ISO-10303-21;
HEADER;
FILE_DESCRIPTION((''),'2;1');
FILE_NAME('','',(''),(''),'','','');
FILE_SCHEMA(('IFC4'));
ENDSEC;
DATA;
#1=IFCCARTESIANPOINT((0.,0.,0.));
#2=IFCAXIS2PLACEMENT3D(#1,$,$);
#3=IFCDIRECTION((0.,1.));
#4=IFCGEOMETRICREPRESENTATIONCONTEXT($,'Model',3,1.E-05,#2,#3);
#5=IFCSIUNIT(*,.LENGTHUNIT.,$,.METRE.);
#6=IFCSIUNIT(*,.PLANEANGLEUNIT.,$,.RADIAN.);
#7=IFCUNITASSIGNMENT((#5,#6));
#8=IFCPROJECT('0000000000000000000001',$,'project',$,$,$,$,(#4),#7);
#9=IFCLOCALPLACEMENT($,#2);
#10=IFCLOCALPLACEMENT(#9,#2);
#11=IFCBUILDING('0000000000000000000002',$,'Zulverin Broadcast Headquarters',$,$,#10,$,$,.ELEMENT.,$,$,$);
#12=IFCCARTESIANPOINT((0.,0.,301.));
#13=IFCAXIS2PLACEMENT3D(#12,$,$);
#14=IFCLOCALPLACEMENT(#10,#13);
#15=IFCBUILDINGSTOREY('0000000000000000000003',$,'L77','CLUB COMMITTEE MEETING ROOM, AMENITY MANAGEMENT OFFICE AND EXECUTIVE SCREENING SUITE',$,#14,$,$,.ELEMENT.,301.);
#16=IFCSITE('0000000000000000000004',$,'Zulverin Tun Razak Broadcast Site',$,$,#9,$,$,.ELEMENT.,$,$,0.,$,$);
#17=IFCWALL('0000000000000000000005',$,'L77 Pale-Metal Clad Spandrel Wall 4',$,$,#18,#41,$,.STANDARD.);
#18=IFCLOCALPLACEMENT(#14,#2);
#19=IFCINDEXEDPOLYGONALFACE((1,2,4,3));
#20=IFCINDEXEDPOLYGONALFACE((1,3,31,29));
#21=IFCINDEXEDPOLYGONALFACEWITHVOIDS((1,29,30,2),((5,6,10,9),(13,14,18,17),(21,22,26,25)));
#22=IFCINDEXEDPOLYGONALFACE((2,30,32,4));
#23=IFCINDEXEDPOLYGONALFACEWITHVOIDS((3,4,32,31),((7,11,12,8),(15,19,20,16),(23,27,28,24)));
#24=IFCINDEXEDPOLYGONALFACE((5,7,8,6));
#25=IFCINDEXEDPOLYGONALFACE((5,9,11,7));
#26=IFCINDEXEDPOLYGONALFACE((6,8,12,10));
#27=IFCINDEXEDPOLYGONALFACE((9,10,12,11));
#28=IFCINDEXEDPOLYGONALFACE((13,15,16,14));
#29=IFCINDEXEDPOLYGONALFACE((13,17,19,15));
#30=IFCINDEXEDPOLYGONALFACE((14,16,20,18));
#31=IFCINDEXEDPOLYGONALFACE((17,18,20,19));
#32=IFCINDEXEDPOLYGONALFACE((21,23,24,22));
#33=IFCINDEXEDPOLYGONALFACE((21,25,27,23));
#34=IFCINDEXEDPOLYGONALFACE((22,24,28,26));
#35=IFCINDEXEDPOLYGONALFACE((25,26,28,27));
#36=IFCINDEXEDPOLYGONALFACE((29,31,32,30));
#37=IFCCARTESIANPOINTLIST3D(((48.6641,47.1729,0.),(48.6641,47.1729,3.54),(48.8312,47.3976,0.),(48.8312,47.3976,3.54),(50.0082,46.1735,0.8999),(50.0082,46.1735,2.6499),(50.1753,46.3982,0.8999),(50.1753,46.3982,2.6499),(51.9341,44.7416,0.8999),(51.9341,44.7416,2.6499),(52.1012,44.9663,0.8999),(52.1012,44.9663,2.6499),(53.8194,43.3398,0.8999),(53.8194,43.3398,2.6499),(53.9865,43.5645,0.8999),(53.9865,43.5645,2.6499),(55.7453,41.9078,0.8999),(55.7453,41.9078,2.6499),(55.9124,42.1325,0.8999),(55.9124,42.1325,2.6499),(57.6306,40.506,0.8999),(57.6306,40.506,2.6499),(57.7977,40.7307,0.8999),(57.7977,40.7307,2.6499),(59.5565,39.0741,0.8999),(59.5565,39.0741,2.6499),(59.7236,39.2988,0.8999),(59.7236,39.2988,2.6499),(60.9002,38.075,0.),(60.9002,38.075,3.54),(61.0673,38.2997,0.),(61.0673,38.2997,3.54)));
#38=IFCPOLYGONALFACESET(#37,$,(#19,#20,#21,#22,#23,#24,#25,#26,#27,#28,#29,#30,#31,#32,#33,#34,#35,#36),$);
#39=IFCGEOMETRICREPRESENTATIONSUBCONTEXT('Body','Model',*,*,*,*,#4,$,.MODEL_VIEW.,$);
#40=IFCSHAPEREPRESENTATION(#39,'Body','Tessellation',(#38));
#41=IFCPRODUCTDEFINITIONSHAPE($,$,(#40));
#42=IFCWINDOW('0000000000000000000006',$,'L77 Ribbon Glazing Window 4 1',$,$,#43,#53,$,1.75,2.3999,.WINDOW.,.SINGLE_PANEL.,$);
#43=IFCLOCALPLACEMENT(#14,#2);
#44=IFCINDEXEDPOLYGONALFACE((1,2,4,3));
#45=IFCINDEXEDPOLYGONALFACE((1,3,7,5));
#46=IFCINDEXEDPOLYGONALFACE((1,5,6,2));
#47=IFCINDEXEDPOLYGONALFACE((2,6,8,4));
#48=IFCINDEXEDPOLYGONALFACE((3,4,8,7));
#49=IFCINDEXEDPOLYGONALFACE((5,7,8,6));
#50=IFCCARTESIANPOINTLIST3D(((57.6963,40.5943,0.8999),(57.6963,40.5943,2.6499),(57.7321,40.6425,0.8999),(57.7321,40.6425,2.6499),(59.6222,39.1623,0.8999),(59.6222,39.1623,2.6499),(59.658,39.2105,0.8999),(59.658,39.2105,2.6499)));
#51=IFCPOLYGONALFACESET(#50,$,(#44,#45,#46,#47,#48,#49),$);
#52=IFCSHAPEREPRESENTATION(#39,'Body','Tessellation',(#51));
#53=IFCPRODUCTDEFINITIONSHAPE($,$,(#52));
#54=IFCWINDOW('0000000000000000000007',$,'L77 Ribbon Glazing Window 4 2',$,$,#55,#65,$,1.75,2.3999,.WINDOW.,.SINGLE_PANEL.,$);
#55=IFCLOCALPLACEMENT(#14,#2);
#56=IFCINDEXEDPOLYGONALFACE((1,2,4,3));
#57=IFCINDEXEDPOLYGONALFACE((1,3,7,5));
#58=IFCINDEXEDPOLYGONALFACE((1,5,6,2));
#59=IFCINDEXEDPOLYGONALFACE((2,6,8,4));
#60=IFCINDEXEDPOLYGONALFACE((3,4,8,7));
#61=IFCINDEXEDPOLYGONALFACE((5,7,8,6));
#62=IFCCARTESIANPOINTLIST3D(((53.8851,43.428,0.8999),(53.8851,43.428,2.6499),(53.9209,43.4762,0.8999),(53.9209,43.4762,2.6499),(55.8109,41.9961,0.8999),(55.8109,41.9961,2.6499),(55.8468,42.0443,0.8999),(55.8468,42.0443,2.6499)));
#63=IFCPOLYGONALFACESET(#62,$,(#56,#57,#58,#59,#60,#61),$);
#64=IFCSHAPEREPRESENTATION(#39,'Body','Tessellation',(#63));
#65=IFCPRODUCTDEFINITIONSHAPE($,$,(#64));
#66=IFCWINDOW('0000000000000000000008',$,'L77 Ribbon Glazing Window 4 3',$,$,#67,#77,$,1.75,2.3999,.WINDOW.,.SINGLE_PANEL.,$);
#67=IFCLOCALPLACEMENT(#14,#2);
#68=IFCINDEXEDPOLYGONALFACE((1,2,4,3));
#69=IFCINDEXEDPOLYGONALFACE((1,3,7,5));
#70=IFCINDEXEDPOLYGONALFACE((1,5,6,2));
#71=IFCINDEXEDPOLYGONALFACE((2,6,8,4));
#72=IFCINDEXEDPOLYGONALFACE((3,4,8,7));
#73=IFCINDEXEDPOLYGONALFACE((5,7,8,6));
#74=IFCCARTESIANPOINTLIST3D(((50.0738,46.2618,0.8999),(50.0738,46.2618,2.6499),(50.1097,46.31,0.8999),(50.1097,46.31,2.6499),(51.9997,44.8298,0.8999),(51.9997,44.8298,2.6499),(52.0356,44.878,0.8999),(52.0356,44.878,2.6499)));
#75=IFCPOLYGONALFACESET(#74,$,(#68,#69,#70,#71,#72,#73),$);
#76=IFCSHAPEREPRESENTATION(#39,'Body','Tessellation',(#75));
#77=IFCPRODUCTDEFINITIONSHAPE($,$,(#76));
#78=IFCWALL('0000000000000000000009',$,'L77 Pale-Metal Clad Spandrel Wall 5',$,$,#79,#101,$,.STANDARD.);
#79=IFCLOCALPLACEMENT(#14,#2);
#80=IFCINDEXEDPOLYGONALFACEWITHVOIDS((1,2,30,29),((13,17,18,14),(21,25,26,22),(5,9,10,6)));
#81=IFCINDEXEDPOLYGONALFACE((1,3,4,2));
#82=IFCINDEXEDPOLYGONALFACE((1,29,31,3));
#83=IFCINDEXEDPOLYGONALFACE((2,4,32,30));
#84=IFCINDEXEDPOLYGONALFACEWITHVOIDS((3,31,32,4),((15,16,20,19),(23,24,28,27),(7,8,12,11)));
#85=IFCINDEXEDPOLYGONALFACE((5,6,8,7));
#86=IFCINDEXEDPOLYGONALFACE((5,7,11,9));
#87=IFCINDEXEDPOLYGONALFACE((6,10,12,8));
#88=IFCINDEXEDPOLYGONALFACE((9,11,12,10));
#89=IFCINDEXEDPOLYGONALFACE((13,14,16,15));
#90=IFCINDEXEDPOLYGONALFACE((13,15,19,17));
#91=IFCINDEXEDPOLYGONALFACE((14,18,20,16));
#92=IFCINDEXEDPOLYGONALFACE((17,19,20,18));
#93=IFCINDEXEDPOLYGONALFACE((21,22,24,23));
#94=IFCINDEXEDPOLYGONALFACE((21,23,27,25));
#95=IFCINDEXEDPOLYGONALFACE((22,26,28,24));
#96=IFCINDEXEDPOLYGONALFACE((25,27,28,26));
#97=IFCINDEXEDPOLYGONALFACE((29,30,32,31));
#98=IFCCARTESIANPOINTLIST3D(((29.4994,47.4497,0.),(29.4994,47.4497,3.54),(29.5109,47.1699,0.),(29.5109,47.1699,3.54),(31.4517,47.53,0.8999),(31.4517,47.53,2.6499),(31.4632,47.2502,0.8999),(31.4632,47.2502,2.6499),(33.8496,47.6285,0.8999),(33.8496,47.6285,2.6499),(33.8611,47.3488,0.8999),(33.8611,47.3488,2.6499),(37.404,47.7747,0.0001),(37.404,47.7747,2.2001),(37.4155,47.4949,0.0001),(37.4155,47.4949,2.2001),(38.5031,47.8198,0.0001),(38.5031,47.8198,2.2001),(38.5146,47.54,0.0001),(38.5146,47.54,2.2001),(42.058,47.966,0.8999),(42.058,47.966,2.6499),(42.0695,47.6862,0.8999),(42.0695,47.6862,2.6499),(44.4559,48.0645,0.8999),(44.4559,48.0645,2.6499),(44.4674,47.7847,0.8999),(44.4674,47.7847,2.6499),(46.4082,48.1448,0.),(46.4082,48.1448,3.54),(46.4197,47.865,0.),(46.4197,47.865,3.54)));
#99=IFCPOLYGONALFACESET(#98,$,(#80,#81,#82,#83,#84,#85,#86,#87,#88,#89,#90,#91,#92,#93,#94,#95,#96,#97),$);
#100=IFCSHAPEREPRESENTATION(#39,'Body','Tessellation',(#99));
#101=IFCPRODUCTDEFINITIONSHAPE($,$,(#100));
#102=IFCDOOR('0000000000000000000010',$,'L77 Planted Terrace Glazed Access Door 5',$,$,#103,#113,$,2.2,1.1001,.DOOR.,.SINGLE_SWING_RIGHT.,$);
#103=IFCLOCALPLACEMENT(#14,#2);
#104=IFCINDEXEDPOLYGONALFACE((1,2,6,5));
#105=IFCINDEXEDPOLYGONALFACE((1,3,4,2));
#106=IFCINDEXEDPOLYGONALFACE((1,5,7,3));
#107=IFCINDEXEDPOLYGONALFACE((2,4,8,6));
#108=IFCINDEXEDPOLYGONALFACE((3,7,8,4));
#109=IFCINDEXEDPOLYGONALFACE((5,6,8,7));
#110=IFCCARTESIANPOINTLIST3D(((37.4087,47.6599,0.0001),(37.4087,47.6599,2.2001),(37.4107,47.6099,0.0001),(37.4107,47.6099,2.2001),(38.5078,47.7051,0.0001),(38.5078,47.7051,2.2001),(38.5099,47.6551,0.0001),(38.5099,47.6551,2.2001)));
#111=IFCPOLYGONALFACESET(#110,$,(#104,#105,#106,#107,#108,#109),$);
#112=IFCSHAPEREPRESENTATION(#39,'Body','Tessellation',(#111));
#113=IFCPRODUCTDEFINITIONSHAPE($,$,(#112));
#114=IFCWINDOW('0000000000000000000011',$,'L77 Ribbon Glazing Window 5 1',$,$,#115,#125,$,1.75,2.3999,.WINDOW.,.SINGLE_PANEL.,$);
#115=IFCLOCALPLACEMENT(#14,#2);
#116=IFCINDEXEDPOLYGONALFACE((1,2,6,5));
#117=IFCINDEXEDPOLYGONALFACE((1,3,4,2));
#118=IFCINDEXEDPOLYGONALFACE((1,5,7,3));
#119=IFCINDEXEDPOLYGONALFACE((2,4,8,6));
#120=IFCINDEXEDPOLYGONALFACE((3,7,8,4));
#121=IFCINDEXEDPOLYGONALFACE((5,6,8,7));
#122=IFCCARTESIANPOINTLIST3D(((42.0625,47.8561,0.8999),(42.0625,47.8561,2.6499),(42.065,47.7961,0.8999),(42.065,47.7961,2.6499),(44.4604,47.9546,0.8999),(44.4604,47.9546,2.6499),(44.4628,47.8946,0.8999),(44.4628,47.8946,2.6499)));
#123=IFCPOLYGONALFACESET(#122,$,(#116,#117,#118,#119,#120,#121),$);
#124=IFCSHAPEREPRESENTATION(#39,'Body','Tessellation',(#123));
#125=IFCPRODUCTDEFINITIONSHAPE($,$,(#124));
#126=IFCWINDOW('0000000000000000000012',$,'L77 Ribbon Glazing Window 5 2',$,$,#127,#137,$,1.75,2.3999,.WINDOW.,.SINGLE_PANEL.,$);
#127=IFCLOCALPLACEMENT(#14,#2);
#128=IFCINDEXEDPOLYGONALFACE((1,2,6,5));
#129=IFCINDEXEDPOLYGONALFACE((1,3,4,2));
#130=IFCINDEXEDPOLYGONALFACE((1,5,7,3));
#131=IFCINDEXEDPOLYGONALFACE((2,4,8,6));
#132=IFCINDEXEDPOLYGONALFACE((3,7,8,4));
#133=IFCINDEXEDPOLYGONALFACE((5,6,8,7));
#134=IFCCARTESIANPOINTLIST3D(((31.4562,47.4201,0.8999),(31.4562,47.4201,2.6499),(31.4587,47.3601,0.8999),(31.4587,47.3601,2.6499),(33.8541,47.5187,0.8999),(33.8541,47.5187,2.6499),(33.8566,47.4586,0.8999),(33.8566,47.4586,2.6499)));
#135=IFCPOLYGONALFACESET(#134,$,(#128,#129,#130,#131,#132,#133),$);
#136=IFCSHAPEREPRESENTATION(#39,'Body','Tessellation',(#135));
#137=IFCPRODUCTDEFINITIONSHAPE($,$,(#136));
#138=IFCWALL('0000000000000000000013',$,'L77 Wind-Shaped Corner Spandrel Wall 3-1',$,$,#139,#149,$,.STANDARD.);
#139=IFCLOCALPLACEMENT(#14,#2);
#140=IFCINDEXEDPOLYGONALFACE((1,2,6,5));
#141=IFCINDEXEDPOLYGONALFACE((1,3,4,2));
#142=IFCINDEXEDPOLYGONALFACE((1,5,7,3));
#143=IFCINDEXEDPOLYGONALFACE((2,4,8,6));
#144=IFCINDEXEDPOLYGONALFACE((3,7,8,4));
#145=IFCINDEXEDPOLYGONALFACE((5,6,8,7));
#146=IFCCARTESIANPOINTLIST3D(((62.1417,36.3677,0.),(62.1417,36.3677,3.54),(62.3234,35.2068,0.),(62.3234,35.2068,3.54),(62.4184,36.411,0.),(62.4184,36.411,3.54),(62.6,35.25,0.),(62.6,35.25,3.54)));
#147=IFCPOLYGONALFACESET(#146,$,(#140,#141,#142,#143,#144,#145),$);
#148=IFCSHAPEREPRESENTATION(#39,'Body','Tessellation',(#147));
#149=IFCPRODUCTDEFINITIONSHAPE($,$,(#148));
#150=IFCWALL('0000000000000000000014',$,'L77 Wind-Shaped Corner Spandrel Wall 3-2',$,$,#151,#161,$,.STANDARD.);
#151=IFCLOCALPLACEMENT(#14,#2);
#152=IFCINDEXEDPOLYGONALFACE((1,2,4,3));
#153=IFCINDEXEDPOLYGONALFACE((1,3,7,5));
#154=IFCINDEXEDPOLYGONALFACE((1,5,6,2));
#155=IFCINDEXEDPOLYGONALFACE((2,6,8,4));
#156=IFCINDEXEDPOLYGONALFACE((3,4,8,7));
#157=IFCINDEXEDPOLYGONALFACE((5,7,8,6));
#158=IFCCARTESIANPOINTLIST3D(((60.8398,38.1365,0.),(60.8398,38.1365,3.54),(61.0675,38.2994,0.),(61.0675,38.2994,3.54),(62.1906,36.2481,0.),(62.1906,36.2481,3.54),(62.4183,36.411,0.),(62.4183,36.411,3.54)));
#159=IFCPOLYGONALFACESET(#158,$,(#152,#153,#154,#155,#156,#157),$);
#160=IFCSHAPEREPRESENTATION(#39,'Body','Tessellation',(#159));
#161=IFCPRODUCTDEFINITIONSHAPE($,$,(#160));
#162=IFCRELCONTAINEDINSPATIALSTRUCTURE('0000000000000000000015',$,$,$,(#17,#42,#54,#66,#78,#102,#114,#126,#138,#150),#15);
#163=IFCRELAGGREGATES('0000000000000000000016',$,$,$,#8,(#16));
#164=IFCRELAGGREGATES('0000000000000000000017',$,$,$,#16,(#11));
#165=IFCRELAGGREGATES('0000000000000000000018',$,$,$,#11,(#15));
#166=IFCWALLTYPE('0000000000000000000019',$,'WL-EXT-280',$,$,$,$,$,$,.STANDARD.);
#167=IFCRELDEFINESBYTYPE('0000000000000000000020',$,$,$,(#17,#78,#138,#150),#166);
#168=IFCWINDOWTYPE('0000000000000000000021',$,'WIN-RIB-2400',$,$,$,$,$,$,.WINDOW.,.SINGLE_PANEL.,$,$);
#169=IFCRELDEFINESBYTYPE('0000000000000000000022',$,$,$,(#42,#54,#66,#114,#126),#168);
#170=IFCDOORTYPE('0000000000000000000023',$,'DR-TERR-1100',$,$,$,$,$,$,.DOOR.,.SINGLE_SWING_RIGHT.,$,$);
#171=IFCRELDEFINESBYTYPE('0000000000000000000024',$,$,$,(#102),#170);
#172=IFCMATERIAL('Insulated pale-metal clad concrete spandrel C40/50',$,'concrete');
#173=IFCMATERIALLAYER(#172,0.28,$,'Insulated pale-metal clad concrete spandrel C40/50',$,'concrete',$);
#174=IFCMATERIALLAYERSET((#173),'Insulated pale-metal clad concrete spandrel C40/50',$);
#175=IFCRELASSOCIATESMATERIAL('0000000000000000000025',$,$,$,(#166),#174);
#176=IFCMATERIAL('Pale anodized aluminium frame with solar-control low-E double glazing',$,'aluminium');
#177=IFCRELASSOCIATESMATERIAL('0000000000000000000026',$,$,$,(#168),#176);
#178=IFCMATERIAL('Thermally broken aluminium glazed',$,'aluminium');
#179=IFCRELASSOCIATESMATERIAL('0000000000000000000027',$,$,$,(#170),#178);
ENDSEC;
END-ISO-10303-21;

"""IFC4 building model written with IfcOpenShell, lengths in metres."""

from ifc_helpers import new_model, si_unit, direction, frame, frame_2d, origin, place, context, subcontext, project, spatial, rectangle, extrude, material, layer, layer_set, type_object, element, fill, save


model = new_model("IFC4")

# Units and contexts
model_context = context("Model", 3, precision=1e-05, world=origin(), true_north=direction((0.0, 1.0)))
body_context = subcontext(model_context, "Body", "Model", "MODEL_VIEW")
ifc_project = project(units=[si_unit("LENGTHUNIT", "METRE"), si_unit("PLANEANGLEUNIT", "RADIAN")], contexts=[model_context])

# Site, building, storey
site_placement = place(None, origin())
site = spatial("IfcSite", under=ifc_project, at=site_placement, Name="Zulverin Tun Razak Broadcast Site", CompositionType="ELEMENT", RefElevation=0.0)
building_placement = place(site_placement, origin())
building = spatial("IfcBuilding", under=site, at=building_placement, Name="Zulverin Broadcast Headquarters", CompositionType="ELEMENT")
storey_placement = place(building_placement, frame((0.0, 0.0, 301.0)))
storey = spatial("IfcBuildingStorey", under=building, at=storey_placement, Name="L77", Description="CLUB COMMITTEE MEETING ROOM, AMENITY MANAGEMENT OFFICE AND EXECUTIVE SCREENING SUITE", CompositionType="ELEMENT", Elevation=301.0)

# Wall, openings, windows
ifc_material_1 = material(Name="Insulated pale-metal clad concrete spandrel C40/50", Category="concrete")
ifc_layer_1 = layer(ifc_material_1, 0.28, Name="Insulated pale-metal clad concrete spandrel C40/50", Category="concrete")
ifc_layer_set_1 = layer_set([ifc_layer_1], Name="Insulated pale-metal clad concrete spandrel C40/50")
wall_type = type_object("IfcWallType", Name="WL-EXT-280", PredefinedType="STANDARD", material=ifc_layer_set_1)
wall_1_placement = place(storey_placement, frame((60.9839, 38.1873, 0.0), z_axis=(0.0, 0.0, 1.0), x_axis=(-0.802485, 0.596672, 0.0)))
wall_1 = element("IfcWall", 1, at=wall_1_placement, inside=storey, type_object=wall_type, Name="L77 Pale-Metal Clad Spandrel Wall 4", PredefinedType="STANDARD", context=body_context, shape_type="SweptSolid", body=[
    extrude(rectangle(XDim=15.2478, YDim=0.28, at=frame_2d((7.624, 0.0))), origin(), (0.0, 0.0, 1.0), 3.54),
])
opening_1_placement = place(wall_1_placement, frame((1.6746, 0.0, 0.8999)))
opening_1 = element("IfcOpeningElement", 2, at=opening_1_placement, cuts=wall_1, PredefinedType="OPENING", context=body_context, shape_type="SweptSolid", body=[
    extrude(rectangle(XDim=2.3999, YDim=1.75, at=frame_2d((1.2, 0.875))), frame((0.0, 0.1499, 0.0), z_axis=(0.0, -1.0, 0.0), x_axis=(1.0, 0.0, 0.0)), (0.0, 0.0, 1.0), 0.3),
])
opening_2_placement = place(wall_1_placement, frame((6.4238, 0.0, 0.8999)))
opening_2 = element("IfcOpeningElement", 3, at=opening_2_placement, cuts=wall_1, PredefinedType="OPENING", context=body_context, shape_type="SweptSolid", body=[
    extrude(rectangle(XDim=2.3999, YDim=1.75, at=frame_2d((1.2, 0.875))), frame((0.0, 0.1499, 0.0), z_axis=(0.0, -1.0, 0.0), x_axis=(1.0, 0.0, 0.0)), (0.0, 0.0, 1.0), 0.3),
])
opening_3_placement = place(wall_1_placement, frame((11.1731, 0.0, 0.8999)))
opening_3 = element("IfcOpeningElement", 4, at=opening_3_placement, cuts=wall_1, PredefinedType="OPENING", context=body_context, shape_type="SweptSolid", body=[
    extrude(rectangle(XDim=2.3999, YDim=1.75, at=frame_2d((1.2, 0.875))), frame((0.0, 0.1499, 0.0), z_axis=(0.0, -1.0, 0.0), x_axis=(1.0, 0.0, 0.0)), (0.0, 0.0, 1.0), 0.3),
])
ifc_material_2 = material(Name="Pale anodized aluminium frame with solar-control low-E double glazing", Category="aluminium")
window_type = type_object("IfcWindowType", Name="WIN-RIB-2400", PartitioningType="SINGLE_PANEL", PredefinedType="WINDOW", material=ifc_material_2)
window_1_placement = place(opening_1_placement, origin())
window_1 = element("IfcWindow", 5, at=window_1_placement, inside=storey, type_object=window_type, Name="L77 Ribbon Glazing Window 4 1", OverallHeight=1.75, OverallWidth=2.3999, PartitioningType="SINGLE_PANEL", PredefinedType="WINDOW", context=body_context, shape_type="SweptSolid", body=[
    extrude(rectangle(XDim=2.3999, YDim=1.75, at=frame_2d((1.2, 0.875))), frame((0.0, 0.03, 0.0), z_axis=(0.0, -1.0, 0.0), x_axis=(1.0, 0.0, 0.0)), (0.0, 0.0, 1.0), 0.0601),
])
fill(opening_1, window_1)
window_2_placement = place(opening_2_placement, origin())
window_2 = element("IfcWindow", 6, at=window_2_placement, inside=storey, type_object=window_type, Name="L77 Ribbon Glazing Window 4 2", OverallHeight=1.75, OverallWidth=2.3999, PartitioningType="SINGLE_PANEL", PredefinedType="WINDOW", context=body_context, shape_type="SweptSolid", body=[
    extrude(rectangle(XDim=2.3999, YDim=1.75, at=frame_2d((1.2, 0.875))), frame((0.0, 0.03, 0.0), z_axis=(0.0, -1.0, 0.0), x_axis=(1.0, 0.0, 0.0)), (0.0, 0.0, 1.0), 0.0601),
])
fill(opening_2, window_2)
window_3_placement = place(opening_3_placement, origin())
window_3 = element("IfcWindow", 7, at=window_3_placement, inside=storey, type_object=window_type, Name="L77 Ribbon Glazing Window 4 3", OverallHeight=1.75, OverallWidth=2.3999, PartitioningType="SINGLE_PANEL", PredefinedType="WINDOW", context=body_context, shape_type="SweptSolid", body=[
    extrude(rectangle(XDim=2.3999, YDim=1.75, at=frame_2d((1.2, 0.875))), frame((0.0, 0.03, 0.0), z_axis=(0.0, -1.0, 0.0), x_axis=(1.0, 0.0, 0.0)), (0.0, 0.0, 1.0), 0.0601),
])
fill(opening_3, window_3)

# Wall, openings, door, windows
wall_2_placement = place(storey_placement, frame((46.4138, 48.0049, 0.0), z_axis=(0.0, 0.0, 1.0), x_axis=(-0.999156, -0.041072, 0.0)))
wall_2 = element("IfcWall", 8, at=wall_2_placement, inside=storey, type_object=wall_type, Name="L77 Pale-Metal Clad Spandrel Wall 5", PredefinedType="STANDARD", context=body_context, shape_type="SweptSolid", body=[
    extrude(rectangle(XDim=16.9231, YDim=0.28, at=frame_2d((8.4614, 0.0))), origin(), (0.0, 0.0, 1.0), 3.54),
])
opening_4_placement = place(wall_2_placement, frame((7.9116, 0.0, 0.0)))
opening_4 = element("IfcOpeningElement", 9, at=opening_4_placement, cuts=wall_2, PredefinedType="OPENING", context=body_context, shape_type="SweptSolid", body=[
    extrude(rectangle(XDim=1.1001, YDim=2.2, at=frame_2d((0.55, 1.1001))), frame((0.0, 0.1499, 0.0), z_axis=(0.0, -1.0, 0.0), x_axis=(1.0, 0.0, 0.0)), (0.0, 0.0, 1.0), 0.3),
])
opening_5_placement = place(wall_2_placement, frame((1.9539, 0.0, 0.8999)))
opening_5 = element("IfcOpeningElement", 10, at=opening_5_placement, cuts=wall_2, PredefinedType="OPENING", context=body_context, shape_type="SweptSolid", body=[
    extrude(rectangle(XDim=2.3999, YDim=1.75, at=frame_2d((1.2, 0.875))), frame((0.0, 0.1499, 0.0), z_axis=(0.0, -1.0, 0.0), x_axis=(1.0, 0.0, 0.0)), (0.0, 0.0, 1.0), 0.3),
])
opening_6_placement = place(wall_2_placement, frame((12.5691, 0.0, 0.8999)))
opening_6 = element("IfcOpeningElement", 11, at=opening_6_placement, cuts=wall_2, PredefinedType="OPENING", context=body_context, shape_type="SweptSolid", body=[
    extrude(rectangle(XDim=2.3999, YDim=1.75, at=frame_2d((1.2, 0.875))), frame((0.0, 0.1499, 0.0), z_axis=(0.0, -1.0, 0.0), x_axis=(1.0, 0.0, 0.0)), (0.0, 0.0, 1.0), 0.3),
])
ifc_material_3 = material(Name="Thermally broken aluminium glazed", Category="aluminium")
door_type = type_object("IfcDoorType", Name="DR-TERR-1100", OperationType="SINGLE_SWING_RIGHT", PredefinedType="DOOR", material=ifc_material_3)
door_placement = place(opening_4_placement, origin())
door = element("IfcDoor", 12, at=door_placement, inside=storey, type_object=door_type, Name="L77 Planted Terrace Glazed Access Door 5", OperationType="SINGLE_SWING_RIGHT", OverallHeight=2.2, OverallWidth=1.1001, PredefinedType="DOOR", context=body_context, shape_type="SweptSolid", body=[
    extrude(rectangle(XDim=1.1001, YDim=2.2, at=frame_2d((0.55, 1.1001))), frame((0.0, 0.0249, 0.0), z_axis=(0.0, -1.0, 0.0), x_axis=(1.0, 0.0, 0.0)), (0.0, 0.0, 1.0), 0.05),
])
fill(opening_4, door)
window_4_placement = place(opening_5_placement, origin())
window_4 = element("IfcWindow", 13, at=window_4_placement, inside=storey, type_object=window_type, Name="L77 Ribbon Glazing Window 5 1", OverallHeight=1.75, OverallWidth=2.3999, PartitioningType="SINGLE_PANEL", PredefinedType="WINDOW", context=body_context, shape_type="SweptSolid", body=[
    extrude(rectangle(XDim=2.3999, YDim=1.75, at=frame_2d((1.2, 0.875))), frame((0.0, 0.03, 0.0), z_axis=(0.0, -1.0, 0.0), x_axis=(1.0, 0.0, 0.0)), (0.0, 0.0, 1.0), 0.0601),
])
fill(opening_5, window_4)
window_5_placement = place(opening_6_placement, origin())
window_5 = element("IfcWindow", 14, at=window_5_placement, inside=storey, type_object=window_type, Name="L77 Ribbon Glazing Window 5 2", OverallHeight=1.75, OverallWidth=2.3999, PartitioningType="SINGLE_PANEL", PredefinedType="WINDOW", context=body_context, shape_type="SweptSolid", body=[
    extrude(rectangle(XDim=2.3999, YDim=1.75, at=frame_2d((1.2, 0.875))), frame((0.0, 0.03, 0.0), z_axis=(0.0, -1.0, 0.0), x_axis=(1.0, 0.0, 0.0)), (0.0, 0.0, 1.0), 0.0601),
])
fill(opening_6, window_5)

# Walls
wall_3_placement = place(storey_placement, frame((62.4617, 35.2285, 0.0), z_axis=(0.0, 0.0, 1.0), x_axis=(-0.154586, 0.987979, 0.0)))
element("IfcWall", 15, at=wall_3_placement, inside=storey, type_object=wall_type, Name="L77 Wind-Shaped Corner Spandrel Wall 3-1", PredefinedType="STANDARD", context=body_context, shape_type="SweptSolid", body=[
    extrude(rectangle(XDim=1.175, YDim=0.28, at=frame_2d((0.5874, 0.0))), origin(), (0.0, 0.0, 1.0), 3.54),
])
wall_4_placement = place(storey_placement, frame((62.3044, 36.3296, 0.0), z_axis=(0.0, 0.0, 1.0), x_axis=(-0.581795, 0.813335, 0.0)))
element("IfcWall", 16, at=wall_4_placement, inside=storey, type_object=wall_type, Name="L77 Wind-Shaped Corner Spandrel Wall 3-2", PredefinedType="STANDARD", context=body_context, shape_type="SweptSolid", body=[
    extrude(rectangle(XDim=2.3218, YDim=0.28, at=frame_2d((1.1609, 0.0))), origin(), (0.0, 0.0, 1.0), 3.54),
])

save(model, "model.ifc")
